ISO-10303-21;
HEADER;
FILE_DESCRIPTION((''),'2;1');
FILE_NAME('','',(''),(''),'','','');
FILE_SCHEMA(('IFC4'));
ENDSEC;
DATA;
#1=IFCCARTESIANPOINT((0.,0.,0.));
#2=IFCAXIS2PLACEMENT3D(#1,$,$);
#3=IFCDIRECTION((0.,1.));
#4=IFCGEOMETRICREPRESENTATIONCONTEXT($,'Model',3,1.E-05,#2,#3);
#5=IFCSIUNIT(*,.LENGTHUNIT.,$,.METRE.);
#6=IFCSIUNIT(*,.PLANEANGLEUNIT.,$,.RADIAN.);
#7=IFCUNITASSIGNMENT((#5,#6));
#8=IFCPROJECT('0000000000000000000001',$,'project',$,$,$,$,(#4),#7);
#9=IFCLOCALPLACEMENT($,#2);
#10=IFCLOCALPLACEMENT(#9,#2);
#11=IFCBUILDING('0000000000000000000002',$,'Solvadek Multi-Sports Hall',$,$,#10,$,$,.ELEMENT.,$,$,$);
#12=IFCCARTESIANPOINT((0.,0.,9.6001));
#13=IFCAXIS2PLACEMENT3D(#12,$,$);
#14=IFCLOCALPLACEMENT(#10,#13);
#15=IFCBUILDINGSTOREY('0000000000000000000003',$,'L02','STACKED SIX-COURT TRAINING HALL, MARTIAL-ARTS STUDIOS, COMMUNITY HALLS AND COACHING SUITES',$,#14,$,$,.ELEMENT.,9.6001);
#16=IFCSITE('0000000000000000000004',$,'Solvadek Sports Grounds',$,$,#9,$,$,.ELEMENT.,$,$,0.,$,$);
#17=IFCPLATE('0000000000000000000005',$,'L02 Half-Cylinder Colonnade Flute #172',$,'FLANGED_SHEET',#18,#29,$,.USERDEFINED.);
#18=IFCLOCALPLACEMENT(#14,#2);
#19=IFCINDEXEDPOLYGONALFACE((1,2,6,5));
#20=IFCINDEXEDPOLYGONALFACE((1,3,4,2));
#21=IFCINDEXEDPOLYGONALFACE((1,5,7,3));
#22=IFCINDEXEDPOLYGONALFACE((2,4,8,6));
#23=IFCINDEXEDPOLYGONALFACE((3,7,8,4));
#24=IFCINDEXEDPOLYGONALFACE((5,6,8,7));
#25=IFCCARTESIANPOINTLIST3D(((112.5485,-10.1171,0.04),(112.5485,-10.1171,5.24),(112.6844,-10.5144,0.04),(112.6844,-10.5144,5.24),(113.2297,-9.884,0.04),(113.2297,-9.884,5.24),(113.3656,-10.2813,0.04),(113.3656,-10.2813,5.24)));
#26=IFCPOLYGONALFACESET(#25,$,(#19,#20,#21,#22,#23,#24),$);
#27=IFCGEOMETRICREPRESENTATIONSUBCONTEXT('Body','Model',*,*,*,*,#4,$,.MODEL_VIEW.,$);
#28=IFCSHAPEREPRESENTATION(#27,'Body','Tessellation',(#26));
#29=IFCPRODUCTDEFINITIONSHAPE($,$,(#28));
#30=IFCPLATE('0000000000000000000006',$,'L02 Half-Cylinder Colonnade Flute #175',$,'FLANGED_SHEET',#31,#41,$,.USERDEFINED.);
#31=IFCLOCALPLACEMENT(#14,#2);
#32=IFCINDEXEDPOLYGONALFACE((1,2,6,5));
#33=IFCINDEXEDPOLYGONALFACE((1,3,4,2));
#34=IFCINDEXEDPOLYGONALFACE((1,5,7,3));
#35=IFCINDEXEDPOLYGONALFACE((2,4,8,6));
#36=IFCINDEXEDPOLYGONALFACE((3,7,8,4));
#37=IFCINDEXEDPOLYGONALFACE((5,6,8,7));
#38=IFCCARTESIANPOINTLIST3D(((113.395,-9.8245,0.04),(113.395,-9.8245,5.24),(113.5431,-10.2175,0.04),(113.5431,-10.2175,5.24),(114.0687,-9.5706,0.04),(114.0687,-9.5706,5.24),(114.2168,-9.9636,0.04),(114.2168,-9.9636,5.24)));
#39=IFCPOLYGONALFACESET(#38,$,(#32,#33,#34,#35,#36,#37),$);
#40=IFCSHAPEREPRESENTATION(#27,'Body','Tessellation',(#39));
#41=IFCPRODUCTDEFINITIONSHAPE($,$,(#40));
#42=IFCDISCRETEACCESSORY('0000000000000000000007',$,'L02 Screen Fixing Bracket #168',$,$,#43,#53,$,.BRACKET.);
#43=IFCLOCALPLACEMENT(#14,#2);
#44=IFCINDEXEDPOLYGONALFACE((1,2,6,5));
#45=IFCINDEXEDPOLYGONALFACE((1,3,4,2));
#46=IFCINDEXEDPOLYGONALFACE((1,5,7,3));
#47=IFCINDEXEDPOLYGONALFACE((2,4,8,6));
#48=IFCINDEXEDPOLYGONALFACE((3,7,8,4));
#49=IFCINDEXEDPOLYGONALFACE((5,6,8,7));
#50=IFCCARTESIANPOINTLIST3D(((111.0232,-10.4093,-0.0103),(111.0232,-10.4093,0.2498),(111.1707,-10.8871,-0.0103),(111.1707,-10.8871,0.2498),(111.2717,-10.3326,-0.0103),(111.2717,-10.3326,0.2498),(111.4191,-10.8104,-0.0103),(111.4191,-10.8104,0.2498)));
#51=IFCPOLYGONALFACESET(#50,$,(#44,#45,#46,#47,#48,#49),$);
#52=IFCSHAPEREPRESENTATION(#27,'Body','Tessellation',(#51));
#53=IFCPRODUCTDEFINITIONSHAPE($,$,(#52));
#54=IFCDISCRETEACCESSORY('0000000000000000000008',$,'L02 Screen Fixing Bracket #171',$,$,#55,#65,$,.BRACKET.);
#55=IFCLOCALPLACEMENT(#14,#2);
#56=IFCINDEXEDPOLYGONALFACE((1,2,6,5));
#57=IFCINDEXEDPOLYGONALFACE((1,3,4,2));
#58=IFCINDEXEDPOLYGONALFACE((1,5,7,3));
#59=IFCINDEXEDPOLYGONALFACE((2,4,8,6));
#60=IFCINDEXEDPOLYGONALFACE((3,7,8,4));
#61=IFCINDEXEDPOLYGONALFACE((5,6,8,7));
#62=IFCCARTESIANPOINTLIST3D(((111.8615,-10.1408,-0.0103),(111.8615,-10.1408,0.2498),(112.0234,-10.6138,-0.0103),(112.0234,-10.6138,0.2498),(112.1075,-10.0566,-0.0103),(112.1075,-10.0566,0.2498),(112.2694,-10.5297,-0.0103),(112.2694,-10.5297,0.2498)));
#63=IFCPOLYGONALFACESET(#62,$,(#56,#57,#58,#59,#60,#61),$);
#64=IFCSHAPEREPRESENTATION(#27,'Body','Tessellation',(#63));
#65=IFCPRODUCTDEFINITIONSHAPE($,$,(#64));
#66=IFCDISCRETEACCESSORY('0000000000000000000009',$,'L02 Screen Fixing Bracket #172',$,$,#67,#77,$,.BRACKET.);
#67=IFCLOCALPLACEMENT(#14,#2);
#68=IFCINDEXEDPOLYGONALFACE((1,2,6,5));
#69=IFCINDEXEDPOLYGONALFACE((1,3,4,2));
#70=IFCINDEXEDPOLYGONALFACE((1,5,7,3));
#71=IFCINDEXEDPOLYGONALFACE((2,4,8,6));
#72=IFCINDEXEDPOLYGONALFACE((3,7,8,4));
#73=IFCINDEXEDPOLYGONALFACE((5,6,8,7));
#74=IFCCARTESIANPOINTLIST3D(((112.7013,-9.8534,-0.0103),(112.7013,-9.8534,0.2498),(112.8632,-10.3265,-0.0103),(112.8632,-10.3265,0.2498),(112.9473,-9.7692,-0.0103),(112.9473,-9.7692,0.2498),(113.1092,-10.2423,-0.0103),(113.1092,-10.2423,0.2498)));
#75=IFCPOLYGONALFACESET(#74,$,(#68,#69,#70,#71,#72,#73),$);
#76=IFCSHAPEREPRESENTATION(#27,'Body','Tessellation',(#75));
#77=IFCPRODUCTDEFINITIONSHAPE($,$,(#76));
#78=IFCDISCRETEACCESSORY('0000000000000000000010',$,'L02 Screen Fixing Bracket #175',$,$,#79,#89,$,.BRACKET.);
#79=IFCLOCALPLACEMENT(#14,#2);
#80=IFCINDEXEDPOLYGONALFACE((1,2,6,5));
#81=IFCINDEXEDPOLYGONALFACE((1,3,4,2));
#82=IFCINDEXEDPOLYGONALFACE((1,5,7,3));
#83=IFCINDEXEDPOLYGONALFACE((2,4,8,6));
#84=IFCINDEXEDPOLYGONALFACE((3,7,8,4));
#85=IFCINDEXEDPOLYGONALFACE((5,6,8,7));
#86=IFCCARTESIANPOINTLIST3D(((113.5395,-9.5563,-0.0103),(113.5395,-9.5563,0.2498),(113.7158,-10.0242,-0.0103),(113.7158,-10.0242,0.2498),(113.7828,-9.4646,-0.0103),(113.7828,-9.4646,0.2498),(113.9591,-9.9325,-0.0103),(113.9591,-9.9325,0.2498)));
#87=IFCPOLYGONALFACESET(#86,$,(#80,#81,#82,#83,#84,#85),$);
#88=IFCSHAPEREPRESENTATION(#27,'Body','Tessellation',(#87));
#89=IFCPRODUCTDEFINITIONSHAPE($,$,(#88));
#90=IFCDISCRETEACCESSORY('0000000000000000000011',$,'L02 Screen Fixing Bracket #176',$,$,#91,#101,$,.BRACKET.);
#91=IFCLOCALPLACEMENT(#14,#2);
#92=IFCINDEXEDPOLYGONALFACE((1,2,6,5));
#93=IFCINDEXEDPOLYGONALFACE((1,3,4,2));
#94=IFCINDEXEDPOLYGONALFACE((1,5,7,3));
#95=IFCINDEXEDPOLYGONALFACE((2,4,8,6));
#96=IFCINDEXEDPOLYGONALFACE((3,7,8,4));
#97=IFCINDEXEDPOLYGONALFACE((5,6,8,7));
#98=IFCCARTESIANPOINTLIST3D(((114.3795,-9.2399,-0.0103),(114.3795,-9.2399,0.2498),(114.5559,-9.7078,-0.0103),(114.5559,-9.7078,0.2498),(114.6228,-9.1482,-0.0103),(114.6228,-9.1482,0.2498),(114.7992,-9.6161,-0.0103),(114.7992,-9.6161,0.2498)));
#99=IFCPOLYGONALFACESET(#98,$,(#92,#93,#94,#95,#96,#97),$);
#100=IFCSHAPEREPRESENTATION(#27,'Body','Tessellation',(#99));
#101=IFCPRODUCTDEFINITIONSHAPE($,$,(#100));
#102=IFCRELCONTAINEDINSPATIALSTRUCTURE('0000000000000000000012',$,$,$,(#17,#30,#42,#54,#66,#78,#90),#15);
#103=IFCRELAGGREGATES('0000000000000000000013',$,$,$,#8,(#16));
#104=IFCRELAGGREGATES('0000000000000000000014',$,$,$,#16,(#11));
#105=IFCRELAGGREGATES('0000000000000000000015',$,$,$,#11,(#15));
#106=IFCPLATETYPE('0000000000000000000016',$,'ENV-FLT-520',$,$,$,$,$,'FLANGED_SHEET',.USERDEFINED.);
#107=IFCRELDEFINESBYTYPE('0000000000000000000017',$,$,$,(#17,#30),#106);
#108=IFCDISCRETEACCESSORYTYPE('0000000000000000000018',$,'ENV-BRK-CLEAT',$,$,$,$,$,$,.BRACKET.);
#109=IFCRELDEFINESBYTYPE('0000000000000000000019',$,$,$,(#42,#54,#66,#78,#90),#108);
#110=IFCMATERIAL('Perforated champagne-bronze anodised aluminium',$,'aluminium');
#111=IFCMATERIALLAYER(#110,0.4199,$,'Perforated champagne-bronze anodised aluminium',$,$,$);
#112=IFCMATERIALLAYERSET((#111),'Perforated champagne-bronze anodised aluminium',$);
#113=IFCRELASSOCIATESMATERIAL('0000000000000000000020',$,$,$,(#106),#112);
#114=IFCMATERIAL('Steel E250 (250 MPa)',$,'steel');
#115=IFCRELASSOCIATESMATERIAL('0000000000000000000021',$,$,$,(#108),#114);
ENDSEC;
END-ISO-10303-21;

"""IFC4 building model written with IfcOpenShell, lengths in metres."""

from ifc_helpers import new_model, si_unit, direction, frame, origin, origin_2d, place, context, subcontext, project, spatial, rectangle, extrude, material, layer, layer_set, type_object, element, save


model = new_model("IFC4")

# Units and contexts
model_context = context("Model", 3, precision=1e-05, world=origin(), true_north=direction((0.0, 1.0)))
body_context = subcontext(model_context, "Body", "Model", "MODEL_VIEW")
ifc_project = project(units=[si_unit("LENGTHUNIT", "METRE"), si_unit("PLANEANGLEUNIT", "RADIAN")], contexts=[model_context])

# Site, building, storey
site_placement = place(None, origin())
site = spatial("IfcSite", under=ifc_project, at=site_placement, Name="Solvadek Sports Grounds", CompositionType="ELEMENT", RefElevation=0.0)
building_placement = place(site_placement, origin())
building = spatial("IfcBuilding", under=site, at=building_placement, Name="Solvadek Multi-Sports Hall", CompositionType="ELEMENT")
storey_placement = place(building_placement, frame((0.0, 0.0, 9.6001)))
storey = spatial("IfcBuildingStorey", under=building, at=storey_placement, Name="L02", Description="STACKED SIX-COURT TRAINING HALL, MARTIAL-ARTS STUDIOS, COMMUNITY HALLS AND COACHING SUITES", CompositionType="ELEMENT", Elevation=9.6001)

# Shared definitions
ifc_material_1 = material(Name="Steel E250 (250 MPa)", Category="steel")

# Plates
ifc_material_2 = material(Name="Perforated champagne-bronze anodised aluminium", Category="aluminium")
ifc_layer_1 = layer(ifc_material_2, 0.4199, Name="Perforated champagne-bronze anodised aluminium")
ifc_layer_set_1 = layer_set([ifc_layer_1], Name="Perforated champagne-bronze anodised aluminium")
plate_type_1 = type_object("IfcPlateType", Name="ENV-FLT-520", ElementType="FLANGED_SHEET", PredefinedType="USERDEFINED", material=ifc_layer_set_1)
for number, where, z_axis, x_axis, name in (
    (1, (112.957, -10.1992, 0.04), (0.0, 0.0, 1.0), (0.946153, 0.32372, 0.0), "L02 Half-Cylinder Colonnade Flute #172"),
    (2, (113.8059, -9.894, 0.04), (0.0, 0.0, 1.0), (0.93576, 0.352637, 0.0), "L02 Half-Cylinder Colonnade Flute #175"),
):
    element("IfcPlate", number, at=place(storey_placement, frame(where, z_axis=z_axis, x_axis=x_axis)), inside=storey, type_object=plate_type_1, Name=name, ObjectType="FLANGED_SHEET", PredefinedType="USERDEFINED", context=body_context, shape_type="SweptSolid", body=[
        extrude(rectangle(XDim=0.72, YDim=0.4199, at=origin_2d()), origin(), (0.0, 0.0, 1.0), 5.2),
    ])

# Discrete accessories
discrete_accessory_type = type_object("IfcDiscreteAccessoryType", Name="ENV-BRK-CLEAT", PredefinedType="BRACKET", material=ifc_material_1)
for number, where, z_axis, x_axis, name in (
    (3, (111.2212, -10.6099, -0.0103), (0.0, 0.0, 1.0), (0.955527, 0.294905, 0.0), "L02 Screen Fixing Bracket #168"),
    (4, (112.0654, -10.3352, -0.0103), (0.0, 0.0, 1.0), (0.946153, 0.32372, 0.0), "L02 Screen Fixing Bracket #171"),
    (5, (112.9053, -10.0479, -0.0103), (0.0, 0.0, 1.0), (0.946153, 0.32372, 0.0), "L02 Screen Fixing Bracket #172"),
    (6, (113.7493, -9.7444, -0.0103), (0.0, 0.0, 1.0), (0.93576, 0.352637, 0.0), "L02 Screen Fixing Bracket #175"),
    (7, (114.5894, -9.428, -0.0103), (0.0, 0.0, 1.0), (0.93576, 0.352637, 0.0), "L02 Screen Fixing Bracket #176"),
):
    element("IfcDiscreteAccessory", number, at=place(storey_placement, frame(where, z_axis=z_axis, x_axis=x_axis)), inside=storey, type_object=discrete_accessory_type, Name=name, PredefinedType="BRACKET", context=body_context, shape_type="SweptSolid", body=[
        extrude(rectangle(XDim=0.26, YDim=0.5, at=origin_2d()), origin(), (0.0, 0.0, 1.0), 0.26),
    ])

save(model, "model.ifc")
